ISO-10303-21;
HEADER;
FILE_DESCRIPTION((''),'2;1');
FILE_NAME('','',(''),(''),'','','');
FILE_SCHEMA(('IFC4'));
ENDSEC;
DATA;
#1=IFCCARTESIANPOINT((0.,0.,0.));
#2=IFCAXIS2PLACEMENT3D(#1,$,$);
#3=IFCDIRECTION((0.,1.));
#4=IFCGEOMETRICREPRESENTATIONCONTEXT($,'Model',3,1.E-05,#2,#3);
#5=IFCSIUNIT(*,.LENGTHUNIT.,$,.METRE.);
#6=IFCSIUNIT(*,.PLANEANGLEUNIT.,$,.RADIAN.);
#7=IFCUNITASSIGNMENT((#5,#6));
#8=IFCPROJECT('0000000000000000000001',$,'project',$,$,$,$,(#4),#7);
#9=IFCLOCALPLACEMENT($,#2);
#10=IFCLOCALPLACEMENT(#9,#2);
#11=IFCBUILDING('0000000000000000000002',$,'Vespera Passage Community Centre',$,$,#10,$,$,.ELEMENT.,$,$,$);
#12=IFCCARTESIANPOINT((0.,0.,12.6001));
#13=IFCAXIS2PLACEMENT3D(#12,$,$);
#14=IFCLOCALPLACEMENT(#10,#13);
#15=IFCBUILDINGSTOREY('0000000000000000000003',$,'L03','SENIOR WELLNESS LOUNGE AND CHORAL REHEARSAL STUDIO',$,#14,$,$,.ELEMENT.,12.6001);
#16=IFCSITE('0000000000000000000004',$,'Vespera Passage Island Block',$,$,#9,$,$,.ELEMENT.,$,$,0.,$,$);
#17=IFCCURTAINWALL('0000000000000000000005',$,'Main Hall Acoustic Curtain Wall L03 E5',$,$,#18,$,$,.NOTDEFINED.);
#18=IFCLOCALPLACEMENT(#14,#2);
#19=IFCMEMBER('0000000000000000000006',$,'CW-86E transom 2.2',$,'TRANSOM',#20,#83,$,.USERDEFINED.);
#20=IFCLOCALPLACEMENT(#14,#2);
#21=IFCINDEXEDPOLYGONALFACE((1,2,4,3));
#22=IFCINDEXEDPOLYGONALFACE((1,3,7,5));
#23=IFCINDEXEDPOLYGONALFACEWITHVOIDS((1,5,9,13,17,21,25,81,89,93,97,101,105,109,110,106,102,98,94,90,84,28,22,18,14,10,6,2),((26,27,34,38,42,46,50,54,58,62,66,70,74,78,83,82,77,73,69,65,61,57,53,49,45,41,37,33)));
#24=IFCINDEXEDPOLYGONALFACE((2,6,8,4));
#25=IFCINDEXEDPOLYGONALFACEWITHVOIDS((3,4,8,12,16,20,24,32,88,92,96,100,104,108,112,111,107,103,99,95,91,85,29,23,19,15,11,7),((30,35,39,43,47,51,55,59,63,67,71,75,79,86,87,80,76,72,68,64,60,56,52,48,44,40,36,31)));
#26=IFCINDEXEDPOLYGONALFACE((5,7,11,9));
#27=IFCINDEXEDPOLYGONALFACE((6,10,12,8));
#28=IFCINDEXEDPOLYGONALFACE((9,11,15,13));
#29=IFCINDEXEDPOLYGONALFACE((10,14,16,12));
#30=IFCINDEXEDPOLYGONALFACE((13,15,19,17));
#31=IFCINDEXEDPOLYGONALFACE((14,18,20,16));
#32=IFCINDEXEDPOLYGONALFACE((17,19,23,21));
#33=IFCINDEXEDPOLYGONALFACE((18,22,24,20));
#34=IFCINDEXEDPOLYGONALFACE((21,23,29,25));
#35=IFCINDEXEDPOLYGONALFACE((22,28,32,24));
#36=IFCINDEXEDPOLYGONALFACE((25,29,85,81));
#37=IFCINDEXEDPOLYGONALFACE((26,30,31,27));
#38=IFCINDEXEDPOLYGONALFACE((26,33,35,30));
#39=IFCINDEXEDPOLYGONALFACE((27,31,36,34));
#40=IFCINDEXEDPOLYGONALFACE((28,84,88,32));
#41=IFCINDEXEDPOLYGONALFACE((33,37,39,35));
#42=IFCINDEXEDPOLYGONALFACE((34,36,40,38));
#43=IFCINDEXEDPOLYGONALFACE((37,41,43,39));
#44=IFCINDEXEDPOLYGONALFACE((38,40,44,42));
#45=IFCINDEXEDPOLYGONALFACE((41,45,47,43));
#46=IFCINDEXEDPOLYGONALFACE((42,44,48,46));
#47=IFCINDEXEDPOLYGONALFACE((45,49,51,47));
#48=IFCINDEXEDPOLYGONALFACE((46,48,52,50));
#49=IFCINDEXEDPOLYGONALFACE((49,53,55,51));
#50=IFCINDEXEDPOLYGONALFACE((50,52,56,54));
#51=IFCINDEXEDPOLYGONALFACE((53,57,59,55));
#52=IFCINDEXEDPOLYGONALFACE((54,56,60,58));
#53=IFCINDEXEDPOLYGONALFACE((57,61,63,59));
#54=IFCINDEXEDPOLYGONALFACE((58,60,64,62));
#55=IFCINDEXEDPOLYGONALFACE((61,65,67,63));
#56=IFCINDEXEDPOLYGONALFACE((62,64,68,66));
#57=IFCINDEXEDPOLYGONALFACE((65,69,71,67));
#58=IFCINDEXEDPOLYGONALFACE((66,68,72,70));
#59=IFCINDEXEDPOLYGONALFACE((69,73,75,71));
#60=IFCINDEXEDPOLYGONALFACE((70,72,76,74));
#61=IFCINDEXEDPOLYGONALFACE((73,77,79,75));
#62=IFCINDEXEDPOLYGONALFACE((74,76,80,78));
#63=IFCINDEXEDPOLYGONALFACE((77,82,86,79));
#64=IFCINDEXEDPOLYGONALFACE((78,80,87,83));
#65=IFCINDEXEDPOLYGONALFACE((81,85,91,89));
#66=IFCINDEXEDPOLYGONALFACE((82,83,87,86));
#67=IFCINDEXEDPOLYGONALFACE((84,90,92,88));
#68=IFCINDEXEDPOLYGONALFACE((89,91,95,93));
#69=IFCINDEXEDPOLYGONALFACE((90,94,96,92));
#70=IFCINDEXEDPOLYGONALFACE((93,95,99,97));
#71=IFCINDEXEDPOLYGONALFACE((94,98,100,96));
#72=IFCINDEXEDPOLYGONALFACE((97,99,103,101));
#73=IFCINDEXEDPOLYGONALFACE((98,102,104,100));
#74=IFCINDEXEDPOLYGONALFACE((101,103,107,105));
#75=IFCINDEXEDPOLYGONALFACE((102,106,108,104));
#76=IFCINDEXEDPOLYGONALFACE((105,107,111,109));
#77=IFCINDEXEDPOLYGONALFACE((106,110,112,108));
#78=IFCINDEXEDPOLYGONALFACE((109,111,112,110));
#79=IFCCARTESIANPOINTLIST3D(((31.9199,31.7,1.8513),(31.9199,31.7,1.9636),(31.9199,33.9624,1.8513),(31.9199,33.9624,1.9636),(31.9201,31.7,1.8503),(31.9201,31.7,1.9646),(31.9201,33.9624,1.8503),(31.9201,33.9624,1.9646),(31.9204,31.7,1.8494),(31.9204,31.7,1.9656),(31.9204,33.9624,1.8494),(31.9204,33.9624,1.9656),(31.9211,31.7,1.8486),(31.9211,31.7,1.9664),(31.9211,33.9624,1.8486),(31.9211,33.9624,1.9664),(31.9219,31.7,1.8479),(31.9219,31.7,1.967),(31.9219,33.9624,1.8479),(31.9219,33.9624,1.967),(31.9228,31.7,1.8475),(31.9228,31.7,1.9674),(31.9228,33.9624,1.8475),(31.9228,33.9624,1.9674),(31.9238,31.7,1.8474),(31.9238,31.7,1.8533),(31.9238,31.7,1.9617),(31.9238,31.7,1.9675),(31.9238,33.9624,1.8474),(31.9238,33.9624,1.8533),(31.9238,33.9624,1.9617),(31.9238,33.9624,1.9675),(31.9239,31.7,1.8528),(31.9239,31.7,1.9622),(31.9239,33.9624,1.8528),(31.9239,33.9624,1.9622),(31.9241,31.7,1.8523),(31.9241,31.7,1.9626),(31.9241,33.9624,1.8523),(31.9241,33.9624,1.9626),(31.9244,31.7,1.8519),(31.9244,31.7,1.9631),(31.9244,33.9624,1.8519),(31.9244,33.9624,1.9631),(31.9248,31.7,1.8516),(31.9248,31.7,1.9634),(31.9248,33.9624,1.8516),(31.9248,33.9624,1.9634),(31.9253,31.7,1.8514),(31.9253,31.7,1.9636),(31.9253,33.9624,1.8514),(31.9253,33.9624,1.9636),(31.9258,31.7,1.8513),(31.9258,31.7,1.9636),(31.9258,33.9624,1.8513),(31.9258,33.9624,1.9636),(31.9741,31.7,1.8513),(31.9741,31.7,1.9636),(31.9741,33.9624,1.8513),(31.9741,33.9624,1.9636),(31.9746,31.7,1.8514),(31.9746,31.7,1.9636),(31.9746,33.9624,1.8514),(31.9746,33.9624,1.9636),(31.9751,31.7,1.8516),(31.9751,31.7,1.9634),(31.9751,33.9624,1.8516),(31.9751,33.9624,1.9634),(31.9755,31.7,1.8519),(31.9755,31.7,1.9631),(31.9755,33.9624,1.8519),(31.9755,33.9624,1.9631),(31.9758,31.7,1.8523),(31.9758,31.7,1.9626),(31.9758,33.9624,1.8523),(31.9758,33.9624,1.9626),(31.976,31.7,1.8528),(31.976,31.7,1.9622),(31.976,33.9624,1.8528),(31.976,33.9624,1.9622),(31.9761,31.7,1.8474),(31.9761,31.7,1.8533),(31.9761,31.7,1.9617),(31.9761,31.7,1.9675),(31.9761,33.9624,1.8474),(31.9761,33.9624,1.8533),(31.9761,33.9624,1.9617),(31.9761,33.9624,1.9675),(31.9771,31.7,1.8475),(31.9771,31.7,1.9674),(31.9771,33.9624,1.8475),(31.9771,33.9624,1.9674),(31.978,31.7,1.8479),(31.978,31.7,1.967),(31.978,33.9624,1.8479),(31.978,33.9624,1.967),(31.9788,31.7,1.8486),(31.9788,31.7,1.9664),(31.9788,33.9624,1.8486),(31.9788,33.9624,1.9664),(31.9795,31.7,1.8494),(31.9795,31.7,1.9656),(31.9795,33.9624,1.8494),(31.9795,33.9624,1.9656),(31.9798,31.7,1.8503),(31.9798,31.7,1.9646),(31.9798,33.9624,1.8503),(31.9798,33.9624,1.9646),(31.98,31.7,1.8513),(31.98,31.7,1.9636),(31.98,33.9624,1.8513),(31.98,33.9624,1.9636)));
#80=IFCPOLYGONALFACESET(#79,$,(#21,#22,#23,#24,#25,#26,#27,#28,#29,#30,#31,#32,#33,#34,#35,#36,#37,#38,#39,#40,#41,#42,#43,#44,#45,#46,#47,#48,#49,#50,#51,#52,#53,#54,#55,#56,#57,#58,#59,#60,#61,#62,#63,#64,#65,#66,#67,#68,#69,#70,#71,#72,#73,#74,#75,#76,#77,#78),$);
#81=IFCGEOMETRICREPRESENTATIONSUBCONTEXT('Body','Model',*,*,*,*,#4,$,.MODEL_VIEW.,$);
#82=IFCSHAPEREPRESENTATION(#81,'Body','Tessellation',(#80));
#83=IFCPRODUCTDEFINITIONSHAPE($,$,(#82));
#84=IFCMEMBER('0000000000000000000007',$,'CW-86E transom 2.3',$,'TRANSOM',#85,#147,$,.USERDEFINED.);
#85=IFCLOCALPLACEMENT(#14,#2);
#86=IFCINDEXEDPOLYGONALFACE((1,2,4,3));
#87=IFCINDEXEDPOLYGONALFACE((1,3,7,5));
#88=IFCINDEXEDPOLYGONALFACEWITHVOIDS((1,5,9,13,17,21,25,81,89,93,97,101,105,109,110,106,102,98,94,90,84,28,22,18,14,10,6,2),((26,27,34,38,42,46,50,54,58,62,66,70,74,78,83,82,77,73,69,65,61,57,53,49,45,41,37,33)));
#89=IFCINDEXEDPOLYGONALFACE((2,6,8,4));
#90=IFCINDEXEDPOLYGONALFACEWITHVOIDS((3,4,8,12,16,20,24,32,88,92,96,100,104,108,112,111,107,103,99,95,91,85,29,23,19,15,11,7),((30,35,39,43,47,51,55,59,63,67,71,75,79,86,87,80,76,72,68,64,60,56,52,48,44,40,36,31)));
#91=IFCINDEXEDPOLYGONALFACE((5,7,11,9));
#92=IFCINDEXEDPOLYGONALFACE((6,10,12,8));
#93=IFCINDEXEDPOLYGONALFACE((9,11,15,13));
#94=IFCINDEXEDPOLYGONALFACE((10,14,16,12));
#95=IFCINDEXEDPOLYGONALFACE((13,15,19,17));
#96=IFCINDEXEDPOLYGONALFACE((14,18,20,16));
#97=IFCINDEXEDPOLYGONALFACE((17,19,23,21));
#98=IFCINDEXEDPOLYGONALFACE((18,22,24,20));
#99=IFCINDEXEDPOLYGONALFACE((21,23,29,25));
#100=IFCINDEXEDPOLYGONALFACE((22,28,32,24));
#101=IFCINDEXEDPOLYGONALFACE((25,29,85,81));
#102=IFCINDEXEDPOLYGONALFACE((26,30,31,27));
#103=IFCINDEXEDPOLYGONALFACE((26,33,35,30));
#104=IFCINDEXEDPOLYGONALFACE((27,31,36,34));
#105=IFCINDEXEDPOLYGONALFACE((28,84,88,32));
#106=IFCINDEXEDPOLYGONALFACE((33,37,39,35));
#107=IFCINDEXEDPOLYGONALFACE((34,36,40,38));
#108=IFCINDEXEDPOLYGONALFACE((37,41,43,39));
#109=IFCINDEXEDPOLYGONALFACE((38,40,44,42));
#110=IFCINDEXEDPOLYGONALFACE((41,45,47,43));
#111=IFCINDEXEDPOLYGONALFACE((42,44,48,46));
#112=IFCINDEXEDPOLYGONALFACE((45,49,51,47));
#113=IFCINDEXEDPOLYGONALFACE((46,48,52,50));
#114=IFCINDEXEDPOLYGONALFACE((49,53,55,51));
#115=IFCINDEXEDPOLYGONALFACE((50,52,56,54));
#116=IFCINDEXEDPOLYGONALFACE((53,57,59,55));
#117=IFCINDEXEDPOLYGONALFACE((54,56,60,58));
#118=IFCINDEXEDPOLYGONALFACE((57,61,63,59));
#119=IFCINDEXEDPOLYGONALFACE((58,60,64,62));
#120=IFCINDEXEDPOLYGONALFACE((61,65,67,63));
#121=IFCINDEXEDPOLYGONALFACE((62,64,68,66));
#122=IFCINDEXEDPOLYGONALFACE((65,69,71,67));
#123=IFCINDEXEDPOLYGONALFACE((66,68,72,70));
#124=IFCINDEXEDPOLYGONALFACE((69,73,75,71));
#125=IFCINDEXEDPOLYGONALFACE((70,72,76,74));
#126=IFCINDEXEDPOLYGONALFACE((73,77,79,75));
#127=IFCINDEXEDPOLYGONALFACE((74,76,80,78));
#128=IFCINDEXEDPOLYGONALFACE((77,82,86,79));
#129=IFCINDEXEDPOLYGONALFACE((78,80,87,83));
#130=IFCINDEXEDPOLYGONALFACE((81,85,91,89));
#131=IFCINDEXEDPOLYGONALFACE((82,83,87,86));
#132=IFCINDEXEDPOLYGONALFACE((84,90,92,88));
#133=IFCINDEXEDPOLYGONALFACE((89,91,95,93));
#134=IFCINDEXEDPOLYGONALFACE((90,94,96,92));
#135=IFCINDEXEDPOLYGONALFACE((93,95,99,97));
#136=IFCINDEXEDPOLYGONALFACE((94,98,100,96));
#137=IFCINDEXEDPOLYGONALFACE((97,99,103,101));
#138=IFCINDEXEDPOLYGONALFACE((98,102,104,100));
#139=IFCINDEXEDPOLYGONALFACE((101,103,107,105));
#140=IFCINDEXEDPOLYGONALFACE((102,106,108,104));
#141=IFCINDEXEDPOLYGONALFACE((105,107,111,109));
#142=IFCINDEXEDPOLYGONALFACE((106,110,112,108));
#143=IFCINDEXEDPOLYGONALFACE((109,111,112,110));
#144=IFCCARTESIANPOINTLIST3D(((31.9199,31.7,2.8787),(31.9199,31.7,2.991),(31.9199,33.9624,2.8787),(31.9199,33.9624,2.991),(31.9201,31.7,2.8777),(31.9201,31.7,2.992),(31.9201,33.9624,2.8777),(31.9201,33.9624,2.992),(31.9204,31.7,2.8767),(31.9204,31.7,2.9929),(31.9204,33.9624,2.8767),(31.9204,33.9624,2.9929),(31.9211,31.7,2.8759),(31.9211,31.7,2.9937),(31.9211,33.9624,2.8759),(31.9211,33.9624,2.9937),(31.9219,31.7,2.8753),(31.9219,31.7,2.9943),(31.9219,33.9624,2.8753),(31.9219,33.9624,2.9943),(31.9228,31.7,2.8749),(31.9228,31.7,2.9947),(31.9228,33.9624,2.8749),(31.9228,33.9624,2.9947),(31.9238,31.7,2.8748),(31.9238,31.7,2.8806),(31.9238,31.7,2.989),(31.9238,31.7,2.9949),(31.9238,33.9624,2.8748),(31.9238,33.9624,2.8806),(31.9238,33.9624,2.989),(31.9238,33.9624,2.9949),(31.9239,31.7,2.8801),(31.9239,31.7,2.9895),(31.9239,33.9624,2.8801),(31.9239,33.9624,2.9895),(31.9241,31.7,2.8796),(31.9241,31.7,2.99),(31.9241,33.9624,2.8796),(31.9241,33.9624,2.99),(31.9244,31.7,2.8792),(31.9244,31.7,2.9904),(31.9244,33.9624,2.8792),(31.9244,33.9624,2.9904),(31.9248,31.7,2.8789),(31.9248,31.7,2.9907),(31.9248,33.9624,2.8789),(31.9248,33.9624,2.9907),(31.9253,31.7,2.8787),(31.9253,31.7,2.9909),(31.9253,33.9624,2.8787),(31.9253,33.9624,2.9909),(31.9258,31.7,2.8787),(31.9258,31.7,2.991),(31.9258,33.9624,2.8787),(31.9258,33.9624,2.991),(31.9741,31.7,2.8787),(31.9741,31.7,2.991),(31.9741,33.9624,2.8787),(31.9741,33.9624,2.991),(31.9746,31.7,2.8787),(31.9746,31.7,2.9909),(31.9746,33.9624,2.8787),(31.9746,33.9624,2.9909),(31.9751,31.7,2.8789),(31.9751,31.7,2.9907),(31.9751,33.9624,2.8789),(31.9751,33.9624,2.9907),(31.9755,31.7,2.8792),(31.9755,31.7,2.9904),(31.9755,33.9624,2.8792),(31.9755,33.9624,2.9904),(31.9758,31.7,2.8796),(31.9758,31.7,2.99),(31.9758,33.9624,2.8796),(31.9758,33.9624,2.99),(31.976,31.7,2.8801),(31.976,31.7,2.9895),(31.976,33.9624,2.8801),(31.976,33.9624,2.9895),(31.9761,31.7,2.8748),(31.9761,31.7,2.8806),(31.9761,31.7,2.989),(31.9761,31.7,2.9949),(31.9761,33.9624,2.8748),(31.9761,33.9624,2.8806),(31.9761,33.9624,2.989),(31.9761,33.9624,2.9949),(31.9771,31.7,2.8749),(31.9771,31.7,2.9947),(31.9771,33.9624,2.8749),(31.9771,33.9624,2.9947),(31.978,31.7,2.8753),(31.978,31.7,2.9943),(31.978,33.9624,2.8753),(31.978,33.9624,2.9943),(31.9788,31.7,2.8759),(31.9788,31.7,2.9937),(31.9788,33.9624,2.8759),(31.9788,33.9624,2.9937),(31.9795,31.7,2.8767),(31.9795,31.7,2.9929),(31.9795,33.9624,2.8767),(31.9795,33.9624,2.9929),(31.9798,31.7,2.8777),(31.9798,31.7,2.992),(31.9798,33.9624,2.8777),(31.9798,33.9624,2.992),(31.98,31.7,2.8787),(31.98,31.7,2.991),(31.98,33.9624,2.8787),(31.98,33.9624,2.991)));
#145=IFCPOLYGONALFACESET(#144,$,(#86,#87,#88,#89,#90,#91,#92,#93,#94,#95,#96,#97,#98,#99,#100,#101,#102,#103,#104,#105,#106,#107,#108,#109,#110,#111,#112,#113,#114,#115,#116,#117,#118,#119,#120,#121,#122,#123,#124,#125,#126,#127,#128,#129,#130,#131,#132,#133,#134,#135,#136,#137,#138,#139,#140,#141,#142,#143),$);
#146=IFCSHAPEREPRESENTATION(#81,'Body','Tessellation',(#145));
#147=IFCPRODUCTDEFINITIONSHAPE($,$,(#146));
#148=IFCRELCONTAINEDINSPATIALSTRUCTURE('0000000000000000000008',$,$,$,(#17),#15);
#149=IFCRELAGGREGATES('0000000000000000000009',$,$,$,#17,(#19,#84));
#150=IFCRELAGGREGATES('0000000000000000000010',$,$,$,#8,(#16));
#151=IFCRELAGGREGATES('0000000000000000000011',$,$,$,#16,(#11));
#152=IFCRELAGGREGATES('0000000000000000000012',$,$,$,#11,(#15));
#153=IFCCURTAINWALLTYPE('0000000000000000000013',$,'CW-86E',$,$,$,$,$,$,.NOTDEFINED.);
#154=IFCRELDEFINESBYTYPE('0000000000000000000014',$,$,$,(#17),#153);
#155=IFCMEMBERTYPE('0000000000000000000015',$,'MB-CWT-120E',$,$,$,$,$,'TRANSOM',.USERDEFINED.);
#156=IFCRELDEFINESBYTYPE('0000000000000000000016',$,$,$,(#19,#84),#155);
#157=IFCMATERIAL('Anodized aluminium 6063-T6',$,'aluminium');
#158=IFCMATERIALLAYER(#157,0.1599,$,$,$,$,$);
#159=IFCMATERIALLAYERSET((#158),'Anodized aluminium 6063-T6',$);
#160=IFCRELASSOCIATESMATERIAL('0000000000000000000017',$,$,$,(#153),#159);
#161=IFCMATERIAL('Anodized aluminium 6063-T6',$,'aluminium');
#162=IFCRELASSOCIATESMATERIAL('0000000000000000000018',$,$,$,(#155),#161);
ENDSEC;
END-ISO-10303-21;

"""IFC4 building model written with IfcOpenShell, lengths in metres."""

from ifc_helpers import new_model, si_unit, direction, frame, origin, origin_2d, place, context, subcontext, project, spatial, hollow_rectangle, extrude, material, layer, layer_set, material_profile, profile_set, type_object, element, aggregate, save


model = new_model("IFC4")

# Units and contexts
model_context = context("Model", 3, precision=1e-05, world=origin(), true_north=direction((0.0, 1.0)))
body_context = subcontext(model_context, "Body", "Model", "MODEL_VIEW")
ifc_project = project(units=[si_unit("LENGTHUNIT", "METRE"), si_unit("PLANEANGLEUNIT", "RADIAN")], contexts=[model_context])

# Site, building, storey
site_placement = place(None, origin())
site = spatial("IfcSite", under=ifc_project, at=site_placement, Name="Vespera Passage Island Block", CompositionType="ELEMENT", RefElevation=0.0)
building_placement = place(site_placement, origin())
building = spatial("IfcBuilding", under=site, at=building_placement, Name="Vespera Passage Community Centre", CompositionType="ELEMENT")
storey_placement = place(building_placement, frame((0.0, 0.0, 12.6001)))
storey = spatial("IfcBuildingStorey", under=building, at=storey_placement, Name="L03", Description="SENIOR WELLNESS LOUNGE AND CHORAL REHEARSAL STUDIO", CompositionType="ELEMENT", Elevation=12.6001)

# Curtain wall
ifc_material_1 = material(Name="Anodized aluminium 6063-T6", Category="aluminium")
ifc_layer_1 = layer(ifc_material_1, 0.1599)
ifc_layer_set_1 = layer_set([ifc_layer_1], Name="Anodized aluminium 6063-T6")
curtain_wall_type = type_object("IfcCurtainWallType", Name="CW-86E", PredefinedType="NOTDEFINED", material=ifc_layer_set_1)
curtain_wall_1_placement = place(storey_placement, origin())
curtain_wall_1 = element("IfcCurtainWall", 1, at=curtain_wall_1_placement, inside=storey, type_object=curtain_wall_type, Name="Main Hall Acoustic Curtain Wall L03 E5", PredefinedType="NOTDEFINED")

# Members
ifc_material_2 = material(Name="Anodized aluminium 6063-T6", Category="aluminium")
ifc_material_profile_1 = material_profile(ifc_material_2, hollow_rectangle(XDim=0.0601, YDim=0.1201, WallThickness=0.0039, InnerFilletRadius=0.002, OuterFilletRadius=0.0039, at=origin_2d()), Name="ALU120X60X4")
ifc_profile_set_1 = profile_set([ifc_material_profile_1], Name="Anodized aluminium 6063-T6")
member_type_1 = type_object("IfcMemberType", Name="MB-CWT-120E", ElementType="TRANSOM", PredefinedType="USERDEFINED", material=ifc_profile_set_1)
member_1_placement = place(storey_placement, frame((31.95, 33.9624, 1.9075), z_axis=(0.0, -1.0, 0.0), x_axis=(1.0, 0.0, 0.0)))
member_1 = element("IfcMember", 2, at=member_1_placement, type_object=member_type_1, Name="CW-86E transom 2.2", ObjectType="TRANSOM", PredefinedType="USERDEFINED", context=body_context, shape_type="SweptSolid", body=[
    extrude(hollow_rectangle(XDim=0.0601, YDim=0.1201, WallThickness=0.0039, InnerFilletRadius=0.002, OuterFilletRadius=0.0039, at=origin_2d()), origin(), (0.0, 0.0, 1.0), 2.2625),
])
member_2_placement = place(storey_placement, frame((31.95, 33.9624, 2.9348), z_axis=(0.0, -1.0, 0.0), x_axis=(1.0, 0.0, 0.0)))
member_2 = element("IfcMember", 3, at=member_2_placement, type_object=member_type_1, Name="CW-86E transom 2.3", ObjectType="TRANSOM", PredefinedType="USERDEFINED", context=body_context, shape_type="SweptSolid", body=[
    extrude(hollow_rectangle(XDim=0.0601, YDim=0.1201, WallThickness=0.0039, InnerFilletRadius=0.002, OuterFilletRadius=0.0039, at=origin_2d()), origin(), (0.0, 0.0, 1.0), 2.2625),
])

aggregate(curtain_wall_1, [member_1, member_2])

save(model, "model.ifc")
